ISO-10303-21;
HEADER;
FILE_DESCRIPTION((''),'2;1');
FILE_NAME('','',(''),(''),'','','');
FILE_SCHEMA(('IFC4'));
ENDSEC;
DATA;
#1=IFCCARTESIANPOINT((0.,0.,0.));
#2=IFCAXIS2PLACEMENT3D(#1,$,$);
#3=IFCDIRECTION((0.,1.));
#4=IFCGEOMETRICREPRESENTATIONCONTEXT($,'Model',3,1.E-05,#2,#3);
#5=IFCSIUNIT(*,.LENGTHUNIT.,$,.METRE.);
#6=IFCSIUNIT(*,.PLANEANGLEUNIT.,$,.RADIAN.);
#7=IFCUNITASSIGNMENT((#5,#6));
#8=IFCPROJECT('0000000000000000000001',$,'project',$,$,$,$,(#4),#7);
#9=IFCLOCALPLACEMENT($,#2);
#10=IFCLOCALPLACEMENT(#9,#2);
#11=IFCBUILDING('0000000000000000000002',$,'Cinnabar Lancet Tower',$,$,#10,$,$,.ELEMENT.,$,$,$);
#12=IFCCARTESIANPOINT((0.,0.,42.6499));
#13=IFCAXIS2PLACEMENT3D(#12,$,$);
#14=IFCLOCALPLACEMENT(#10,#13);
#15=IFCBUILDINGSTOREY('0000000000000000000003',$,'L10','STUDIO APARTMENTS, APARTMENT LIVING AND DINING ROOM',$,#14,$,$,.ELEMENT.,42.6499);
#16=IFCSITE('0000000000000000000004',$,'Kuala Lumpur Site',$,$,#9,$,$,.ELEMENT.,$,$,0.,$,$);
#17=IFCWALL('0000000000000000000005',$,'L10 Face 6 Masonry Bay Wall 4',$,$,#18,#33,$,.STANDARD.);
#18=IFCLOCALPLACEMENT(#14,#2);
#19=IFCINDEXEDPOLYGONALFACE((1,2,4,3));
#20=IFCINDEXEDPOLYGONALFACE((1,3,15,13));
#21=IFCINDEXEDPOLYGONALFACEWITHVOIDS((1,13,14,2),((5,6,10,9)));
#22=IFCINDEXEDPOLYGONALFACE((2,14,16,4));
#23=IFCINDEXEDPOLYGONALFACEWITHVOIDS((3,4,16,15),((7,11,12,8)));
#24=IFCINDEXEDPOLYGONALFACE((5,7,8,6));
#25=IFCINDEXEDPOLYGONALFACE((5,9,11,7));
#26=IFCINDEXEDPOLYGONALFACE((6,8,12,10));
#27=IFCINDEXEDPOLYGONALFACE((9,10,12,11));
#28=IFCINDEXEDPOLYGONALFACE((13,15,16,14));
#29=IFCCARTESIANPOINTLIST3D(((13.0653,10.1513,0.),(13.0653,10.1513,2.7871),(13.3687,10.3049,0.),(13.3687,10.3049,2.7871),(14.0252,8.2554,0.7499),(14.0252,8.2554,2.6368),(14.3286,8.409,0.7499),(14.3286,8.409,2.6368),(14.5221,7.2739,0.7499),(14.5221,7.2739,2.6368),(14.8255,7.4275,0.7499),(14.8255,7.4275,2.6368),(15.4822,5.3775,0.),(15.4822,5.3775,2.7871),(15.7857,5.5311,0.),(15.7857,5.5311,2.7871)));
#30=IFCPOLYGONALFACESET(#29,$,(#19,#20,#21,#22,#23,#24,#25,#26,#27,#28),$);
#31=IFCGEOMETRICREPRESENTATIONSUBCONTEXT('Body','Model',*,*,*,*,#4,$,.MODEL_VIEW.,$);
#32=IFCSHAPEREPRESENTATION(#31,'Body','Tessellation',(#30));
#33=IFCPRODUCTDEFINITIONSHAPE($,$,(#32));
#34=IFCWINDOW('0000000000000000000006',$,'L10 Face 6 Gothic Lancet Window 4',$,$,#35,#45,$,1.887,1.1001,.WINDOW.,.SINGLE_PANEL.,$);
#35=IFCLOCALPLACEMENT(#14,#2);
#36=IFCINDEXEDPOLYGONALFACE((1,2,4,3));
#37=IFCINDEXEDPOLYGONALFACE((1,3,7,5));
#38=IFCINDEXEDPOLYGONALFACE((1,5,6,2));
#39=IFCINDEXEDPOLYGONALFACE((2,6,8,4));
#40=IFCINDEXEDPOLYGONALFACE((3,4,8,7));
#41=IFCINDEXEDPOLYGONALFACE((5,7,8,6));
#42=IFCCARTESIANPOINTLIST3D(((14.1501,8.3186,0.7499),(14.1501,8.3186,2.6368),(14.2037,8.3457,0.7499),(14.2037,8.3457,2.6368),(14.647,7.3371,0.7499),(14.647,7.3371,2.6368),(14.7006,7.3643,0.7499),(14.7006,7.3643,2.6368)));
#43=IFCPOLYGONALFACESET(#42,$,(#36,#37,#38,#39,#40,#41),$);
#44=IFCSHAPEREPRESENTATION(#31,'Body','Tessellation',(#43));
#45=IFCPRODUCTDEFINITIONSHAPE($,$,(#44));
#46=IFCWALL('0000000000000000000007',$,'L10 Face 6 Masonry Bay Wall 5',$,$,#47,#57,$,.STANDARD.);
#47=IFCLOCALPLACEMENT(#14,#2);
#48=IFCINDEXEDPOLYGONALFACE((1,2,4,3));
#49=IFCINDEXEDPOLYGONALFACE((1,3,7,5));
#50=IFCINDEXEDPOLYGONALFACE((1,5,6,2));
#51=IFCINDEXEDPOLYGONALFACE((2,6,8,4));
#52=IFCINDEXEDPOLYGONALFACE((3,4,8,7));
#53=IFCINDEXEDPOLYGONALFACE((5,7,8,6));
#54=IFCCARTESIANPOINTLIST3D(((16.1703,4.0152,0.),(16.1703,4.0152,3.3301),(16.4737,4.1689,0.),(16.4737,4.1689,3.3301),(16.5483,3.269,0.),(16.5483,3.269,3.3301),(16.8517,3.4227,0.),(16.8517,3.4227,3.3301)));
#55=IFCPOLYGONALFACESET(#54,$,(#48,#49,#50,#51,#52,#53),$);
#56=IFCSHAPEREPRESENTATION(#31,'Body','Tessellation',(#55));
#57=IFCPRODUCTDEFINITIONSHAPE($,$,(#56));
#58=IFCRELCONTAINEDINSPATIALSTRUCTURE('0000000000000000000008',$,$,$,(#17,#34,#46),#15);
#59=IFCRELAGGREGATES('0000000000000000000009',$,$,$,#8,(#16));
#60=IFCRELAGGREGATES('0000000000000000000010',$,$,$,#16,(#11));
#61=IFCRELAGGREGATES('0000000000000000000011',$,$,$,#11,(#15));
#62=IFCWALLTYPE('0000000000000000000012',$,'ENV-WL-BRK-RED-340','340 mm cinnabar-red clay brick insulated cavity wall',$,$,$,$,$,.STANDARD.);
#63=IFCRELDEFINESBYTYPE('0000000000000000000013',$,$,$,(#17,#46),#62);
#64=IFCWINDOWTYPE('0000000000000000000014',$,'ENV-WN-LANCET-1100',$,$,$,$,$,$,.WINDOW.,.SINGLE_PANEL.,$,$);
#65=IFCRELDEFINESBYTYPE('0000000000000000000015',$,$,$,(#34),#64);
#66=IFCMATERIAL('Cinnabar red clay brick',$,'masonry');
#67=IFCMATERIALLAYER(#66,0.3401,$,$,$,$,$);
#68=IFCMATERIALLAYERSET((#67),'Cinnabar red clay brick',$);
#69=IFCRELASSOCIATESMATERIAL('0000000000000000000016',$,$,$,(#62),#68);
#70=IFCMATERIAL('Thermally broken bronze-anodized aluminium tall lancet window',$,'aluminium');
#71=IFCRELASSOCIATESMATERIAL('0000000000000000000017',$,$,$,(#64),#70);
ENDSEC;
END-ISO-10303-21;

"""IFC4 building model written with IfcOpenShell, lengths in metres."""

from ifc_helpers import new_model, si_unit, direction, frame, frame_2d, origin, place, context, subcontext, project, spatial, rectangle, extrude, material, layer, layer_set, type_object, element, fill, save


model = new_model("IFC4")

# Units and contexts
model_context = context("Model", 3, precision=1e-05, world=origin(), true_north=direction((0.0, 1.0)))
body_context = subcontext(model_context, "Body", "Model", "MODEL_VIEW")
ifc_project = project(units=[si_unit("LENGTHUNIT", "METRE"), si_unit("PLANEANGLEUNIT", "RADIAN")], contexts=[model_context])

# Site, building, storey
site_placement = place(None, origin())
site = spatial("IfcSite", under=ifc_project, at=site_placement, Name="Kuala Lumpur Site", CompositionType="ELEMENT", RefElevation=0.0)
building_placement = place(site_placement, origin())
building = spatial("IfcBuilding", under=site, at=building_placement, Name="Cinnabar Lancet Tower", CompositionType="ELEMENT")
storey_placement = place(building_placement, frame((0.0, 0.0, 42.6499)))
storey = spatial("IfcBuildingStorey", under=building, at=storey_placement, Name="L10", Description="STUDIO APARTMENTS, APARTMENT LIVING AND DINING ROOM", CompositionType="ELEMENT", Elevation=42.6499)

# Shared definitions
ifc_material_1 = material(Name="Cinnabar red clay brick", Category="masonry")
ifc_layer_1 = layer(ifc_material_1, 0.3401)
ifc_layer_set_1 = layer_set([ifc_layer_1], Name="Cinnabar red clay brick")
wall_type = type_object("IfcWallType", Name="ENV-WL-BRK-RED-340", Description="340 mm cinnabar-red clay brick insulated cavity wall", PredefinedType="STANDARD", material=ifc_layer_set_1)

# Wall, opening, window
wall_1_placement = place(storey_placement, frame((13.217, 10.228, 0.0), z_axis=(0.0, 0.0, 1.0), x_axis=(0.451698, -0.892171, 0.0)))
wall_1 = element("IfcWall", 1, at=wall_1_placement, inside=storey, type_object=wall_type, Name="L10 Face 6 Masonry Bay Wall 4", PredefinedType="STANDARD", context=body_context, shape_type="SweptSolid", body=[
    extrude(rectangle(XDim=5.3508, YDim=0.3401, at=frame_2d((2.6753, 0.0))), origin(), (0.0, 0.0, 1.0), 2.7871),
])
opening_placement = place(wall_1_placement, frame((2.125, 0.0, 0.75)))
opening = element("IfcOpeningElement", 2, at=opening_placement, cuts=wall_1, PredefinedType="OPENING", context=body_context, shape_type="SweptSolid", body=[
    extrude(rectangle(XDim=1.1001, YDim=1.887, at=frame_2d((0.55, 0.9434))), frame((0.0, 0.1799, 0.0), z_axis=(0.0, -1.0, 0.0), x_axis=(1.0, 0.0, 0.0)), (0.0, 0.0, 1.0), 0.3601),
])
ifc_material_2 = material(Name="Thermally broken bronze-anodized aluminium tall lancet window", Category="aluminium")
window_type = type_object("IfcWindowType", Name="ENV-WN-LANCET-1100", PartitioningType="SINGLE_PANEL", PredefinedType="WINDOW", material=ifc_material_2)
window_placement = place(opening_placement, origin())
window = element("IfcWindow", 3, at=window_placement, inside=storey, type_object=window_type, Name="L10 Face 6 Gothic Lancet Window 4", OverallHeight=1.887, OverallWidth=1.1001, PartitioningType="SINGLE_PANEL", PredefinedType="WINDOW", context=body_context, shape_type="SweptSolid", body=[
    extrude(rectangle(XDim=1.1001, YDim=1.887, at=frame_2d((0.55, 0.9434))), frame((0.0, 0.03, 0.0), z_axis=(0.0, -1.0, 0.0), x_axis=(1.0, 0.0, 0.0)), (0.0, 0.0, 1.0), 0.0601),
])
fill(opening, window)

# Wall
wall_2_placement = place(storey_placement, frame((16.322, 4.092, 0.0), z_axis=(0.0, 0.0, 1.0), x_axis=(0.451878, -0.89208, 0.0)))
element("IfcWall", 4, at=wall_2_placement, inside=storey, type_object=wall_type, Name="L10 Face 6 Masonry Bay Wall 5", PredefinedType="STANDARD", context=body_context, shape_type="SweptSolid", body=[
    extrude(rectangle(XDim=0.8364, YDim=0.3401, at=frame_2d((0.4182, 0.0))), origin(), (0.0, 0.0, 1.0), 3.3301),
])

save(model, "model.ifc")
